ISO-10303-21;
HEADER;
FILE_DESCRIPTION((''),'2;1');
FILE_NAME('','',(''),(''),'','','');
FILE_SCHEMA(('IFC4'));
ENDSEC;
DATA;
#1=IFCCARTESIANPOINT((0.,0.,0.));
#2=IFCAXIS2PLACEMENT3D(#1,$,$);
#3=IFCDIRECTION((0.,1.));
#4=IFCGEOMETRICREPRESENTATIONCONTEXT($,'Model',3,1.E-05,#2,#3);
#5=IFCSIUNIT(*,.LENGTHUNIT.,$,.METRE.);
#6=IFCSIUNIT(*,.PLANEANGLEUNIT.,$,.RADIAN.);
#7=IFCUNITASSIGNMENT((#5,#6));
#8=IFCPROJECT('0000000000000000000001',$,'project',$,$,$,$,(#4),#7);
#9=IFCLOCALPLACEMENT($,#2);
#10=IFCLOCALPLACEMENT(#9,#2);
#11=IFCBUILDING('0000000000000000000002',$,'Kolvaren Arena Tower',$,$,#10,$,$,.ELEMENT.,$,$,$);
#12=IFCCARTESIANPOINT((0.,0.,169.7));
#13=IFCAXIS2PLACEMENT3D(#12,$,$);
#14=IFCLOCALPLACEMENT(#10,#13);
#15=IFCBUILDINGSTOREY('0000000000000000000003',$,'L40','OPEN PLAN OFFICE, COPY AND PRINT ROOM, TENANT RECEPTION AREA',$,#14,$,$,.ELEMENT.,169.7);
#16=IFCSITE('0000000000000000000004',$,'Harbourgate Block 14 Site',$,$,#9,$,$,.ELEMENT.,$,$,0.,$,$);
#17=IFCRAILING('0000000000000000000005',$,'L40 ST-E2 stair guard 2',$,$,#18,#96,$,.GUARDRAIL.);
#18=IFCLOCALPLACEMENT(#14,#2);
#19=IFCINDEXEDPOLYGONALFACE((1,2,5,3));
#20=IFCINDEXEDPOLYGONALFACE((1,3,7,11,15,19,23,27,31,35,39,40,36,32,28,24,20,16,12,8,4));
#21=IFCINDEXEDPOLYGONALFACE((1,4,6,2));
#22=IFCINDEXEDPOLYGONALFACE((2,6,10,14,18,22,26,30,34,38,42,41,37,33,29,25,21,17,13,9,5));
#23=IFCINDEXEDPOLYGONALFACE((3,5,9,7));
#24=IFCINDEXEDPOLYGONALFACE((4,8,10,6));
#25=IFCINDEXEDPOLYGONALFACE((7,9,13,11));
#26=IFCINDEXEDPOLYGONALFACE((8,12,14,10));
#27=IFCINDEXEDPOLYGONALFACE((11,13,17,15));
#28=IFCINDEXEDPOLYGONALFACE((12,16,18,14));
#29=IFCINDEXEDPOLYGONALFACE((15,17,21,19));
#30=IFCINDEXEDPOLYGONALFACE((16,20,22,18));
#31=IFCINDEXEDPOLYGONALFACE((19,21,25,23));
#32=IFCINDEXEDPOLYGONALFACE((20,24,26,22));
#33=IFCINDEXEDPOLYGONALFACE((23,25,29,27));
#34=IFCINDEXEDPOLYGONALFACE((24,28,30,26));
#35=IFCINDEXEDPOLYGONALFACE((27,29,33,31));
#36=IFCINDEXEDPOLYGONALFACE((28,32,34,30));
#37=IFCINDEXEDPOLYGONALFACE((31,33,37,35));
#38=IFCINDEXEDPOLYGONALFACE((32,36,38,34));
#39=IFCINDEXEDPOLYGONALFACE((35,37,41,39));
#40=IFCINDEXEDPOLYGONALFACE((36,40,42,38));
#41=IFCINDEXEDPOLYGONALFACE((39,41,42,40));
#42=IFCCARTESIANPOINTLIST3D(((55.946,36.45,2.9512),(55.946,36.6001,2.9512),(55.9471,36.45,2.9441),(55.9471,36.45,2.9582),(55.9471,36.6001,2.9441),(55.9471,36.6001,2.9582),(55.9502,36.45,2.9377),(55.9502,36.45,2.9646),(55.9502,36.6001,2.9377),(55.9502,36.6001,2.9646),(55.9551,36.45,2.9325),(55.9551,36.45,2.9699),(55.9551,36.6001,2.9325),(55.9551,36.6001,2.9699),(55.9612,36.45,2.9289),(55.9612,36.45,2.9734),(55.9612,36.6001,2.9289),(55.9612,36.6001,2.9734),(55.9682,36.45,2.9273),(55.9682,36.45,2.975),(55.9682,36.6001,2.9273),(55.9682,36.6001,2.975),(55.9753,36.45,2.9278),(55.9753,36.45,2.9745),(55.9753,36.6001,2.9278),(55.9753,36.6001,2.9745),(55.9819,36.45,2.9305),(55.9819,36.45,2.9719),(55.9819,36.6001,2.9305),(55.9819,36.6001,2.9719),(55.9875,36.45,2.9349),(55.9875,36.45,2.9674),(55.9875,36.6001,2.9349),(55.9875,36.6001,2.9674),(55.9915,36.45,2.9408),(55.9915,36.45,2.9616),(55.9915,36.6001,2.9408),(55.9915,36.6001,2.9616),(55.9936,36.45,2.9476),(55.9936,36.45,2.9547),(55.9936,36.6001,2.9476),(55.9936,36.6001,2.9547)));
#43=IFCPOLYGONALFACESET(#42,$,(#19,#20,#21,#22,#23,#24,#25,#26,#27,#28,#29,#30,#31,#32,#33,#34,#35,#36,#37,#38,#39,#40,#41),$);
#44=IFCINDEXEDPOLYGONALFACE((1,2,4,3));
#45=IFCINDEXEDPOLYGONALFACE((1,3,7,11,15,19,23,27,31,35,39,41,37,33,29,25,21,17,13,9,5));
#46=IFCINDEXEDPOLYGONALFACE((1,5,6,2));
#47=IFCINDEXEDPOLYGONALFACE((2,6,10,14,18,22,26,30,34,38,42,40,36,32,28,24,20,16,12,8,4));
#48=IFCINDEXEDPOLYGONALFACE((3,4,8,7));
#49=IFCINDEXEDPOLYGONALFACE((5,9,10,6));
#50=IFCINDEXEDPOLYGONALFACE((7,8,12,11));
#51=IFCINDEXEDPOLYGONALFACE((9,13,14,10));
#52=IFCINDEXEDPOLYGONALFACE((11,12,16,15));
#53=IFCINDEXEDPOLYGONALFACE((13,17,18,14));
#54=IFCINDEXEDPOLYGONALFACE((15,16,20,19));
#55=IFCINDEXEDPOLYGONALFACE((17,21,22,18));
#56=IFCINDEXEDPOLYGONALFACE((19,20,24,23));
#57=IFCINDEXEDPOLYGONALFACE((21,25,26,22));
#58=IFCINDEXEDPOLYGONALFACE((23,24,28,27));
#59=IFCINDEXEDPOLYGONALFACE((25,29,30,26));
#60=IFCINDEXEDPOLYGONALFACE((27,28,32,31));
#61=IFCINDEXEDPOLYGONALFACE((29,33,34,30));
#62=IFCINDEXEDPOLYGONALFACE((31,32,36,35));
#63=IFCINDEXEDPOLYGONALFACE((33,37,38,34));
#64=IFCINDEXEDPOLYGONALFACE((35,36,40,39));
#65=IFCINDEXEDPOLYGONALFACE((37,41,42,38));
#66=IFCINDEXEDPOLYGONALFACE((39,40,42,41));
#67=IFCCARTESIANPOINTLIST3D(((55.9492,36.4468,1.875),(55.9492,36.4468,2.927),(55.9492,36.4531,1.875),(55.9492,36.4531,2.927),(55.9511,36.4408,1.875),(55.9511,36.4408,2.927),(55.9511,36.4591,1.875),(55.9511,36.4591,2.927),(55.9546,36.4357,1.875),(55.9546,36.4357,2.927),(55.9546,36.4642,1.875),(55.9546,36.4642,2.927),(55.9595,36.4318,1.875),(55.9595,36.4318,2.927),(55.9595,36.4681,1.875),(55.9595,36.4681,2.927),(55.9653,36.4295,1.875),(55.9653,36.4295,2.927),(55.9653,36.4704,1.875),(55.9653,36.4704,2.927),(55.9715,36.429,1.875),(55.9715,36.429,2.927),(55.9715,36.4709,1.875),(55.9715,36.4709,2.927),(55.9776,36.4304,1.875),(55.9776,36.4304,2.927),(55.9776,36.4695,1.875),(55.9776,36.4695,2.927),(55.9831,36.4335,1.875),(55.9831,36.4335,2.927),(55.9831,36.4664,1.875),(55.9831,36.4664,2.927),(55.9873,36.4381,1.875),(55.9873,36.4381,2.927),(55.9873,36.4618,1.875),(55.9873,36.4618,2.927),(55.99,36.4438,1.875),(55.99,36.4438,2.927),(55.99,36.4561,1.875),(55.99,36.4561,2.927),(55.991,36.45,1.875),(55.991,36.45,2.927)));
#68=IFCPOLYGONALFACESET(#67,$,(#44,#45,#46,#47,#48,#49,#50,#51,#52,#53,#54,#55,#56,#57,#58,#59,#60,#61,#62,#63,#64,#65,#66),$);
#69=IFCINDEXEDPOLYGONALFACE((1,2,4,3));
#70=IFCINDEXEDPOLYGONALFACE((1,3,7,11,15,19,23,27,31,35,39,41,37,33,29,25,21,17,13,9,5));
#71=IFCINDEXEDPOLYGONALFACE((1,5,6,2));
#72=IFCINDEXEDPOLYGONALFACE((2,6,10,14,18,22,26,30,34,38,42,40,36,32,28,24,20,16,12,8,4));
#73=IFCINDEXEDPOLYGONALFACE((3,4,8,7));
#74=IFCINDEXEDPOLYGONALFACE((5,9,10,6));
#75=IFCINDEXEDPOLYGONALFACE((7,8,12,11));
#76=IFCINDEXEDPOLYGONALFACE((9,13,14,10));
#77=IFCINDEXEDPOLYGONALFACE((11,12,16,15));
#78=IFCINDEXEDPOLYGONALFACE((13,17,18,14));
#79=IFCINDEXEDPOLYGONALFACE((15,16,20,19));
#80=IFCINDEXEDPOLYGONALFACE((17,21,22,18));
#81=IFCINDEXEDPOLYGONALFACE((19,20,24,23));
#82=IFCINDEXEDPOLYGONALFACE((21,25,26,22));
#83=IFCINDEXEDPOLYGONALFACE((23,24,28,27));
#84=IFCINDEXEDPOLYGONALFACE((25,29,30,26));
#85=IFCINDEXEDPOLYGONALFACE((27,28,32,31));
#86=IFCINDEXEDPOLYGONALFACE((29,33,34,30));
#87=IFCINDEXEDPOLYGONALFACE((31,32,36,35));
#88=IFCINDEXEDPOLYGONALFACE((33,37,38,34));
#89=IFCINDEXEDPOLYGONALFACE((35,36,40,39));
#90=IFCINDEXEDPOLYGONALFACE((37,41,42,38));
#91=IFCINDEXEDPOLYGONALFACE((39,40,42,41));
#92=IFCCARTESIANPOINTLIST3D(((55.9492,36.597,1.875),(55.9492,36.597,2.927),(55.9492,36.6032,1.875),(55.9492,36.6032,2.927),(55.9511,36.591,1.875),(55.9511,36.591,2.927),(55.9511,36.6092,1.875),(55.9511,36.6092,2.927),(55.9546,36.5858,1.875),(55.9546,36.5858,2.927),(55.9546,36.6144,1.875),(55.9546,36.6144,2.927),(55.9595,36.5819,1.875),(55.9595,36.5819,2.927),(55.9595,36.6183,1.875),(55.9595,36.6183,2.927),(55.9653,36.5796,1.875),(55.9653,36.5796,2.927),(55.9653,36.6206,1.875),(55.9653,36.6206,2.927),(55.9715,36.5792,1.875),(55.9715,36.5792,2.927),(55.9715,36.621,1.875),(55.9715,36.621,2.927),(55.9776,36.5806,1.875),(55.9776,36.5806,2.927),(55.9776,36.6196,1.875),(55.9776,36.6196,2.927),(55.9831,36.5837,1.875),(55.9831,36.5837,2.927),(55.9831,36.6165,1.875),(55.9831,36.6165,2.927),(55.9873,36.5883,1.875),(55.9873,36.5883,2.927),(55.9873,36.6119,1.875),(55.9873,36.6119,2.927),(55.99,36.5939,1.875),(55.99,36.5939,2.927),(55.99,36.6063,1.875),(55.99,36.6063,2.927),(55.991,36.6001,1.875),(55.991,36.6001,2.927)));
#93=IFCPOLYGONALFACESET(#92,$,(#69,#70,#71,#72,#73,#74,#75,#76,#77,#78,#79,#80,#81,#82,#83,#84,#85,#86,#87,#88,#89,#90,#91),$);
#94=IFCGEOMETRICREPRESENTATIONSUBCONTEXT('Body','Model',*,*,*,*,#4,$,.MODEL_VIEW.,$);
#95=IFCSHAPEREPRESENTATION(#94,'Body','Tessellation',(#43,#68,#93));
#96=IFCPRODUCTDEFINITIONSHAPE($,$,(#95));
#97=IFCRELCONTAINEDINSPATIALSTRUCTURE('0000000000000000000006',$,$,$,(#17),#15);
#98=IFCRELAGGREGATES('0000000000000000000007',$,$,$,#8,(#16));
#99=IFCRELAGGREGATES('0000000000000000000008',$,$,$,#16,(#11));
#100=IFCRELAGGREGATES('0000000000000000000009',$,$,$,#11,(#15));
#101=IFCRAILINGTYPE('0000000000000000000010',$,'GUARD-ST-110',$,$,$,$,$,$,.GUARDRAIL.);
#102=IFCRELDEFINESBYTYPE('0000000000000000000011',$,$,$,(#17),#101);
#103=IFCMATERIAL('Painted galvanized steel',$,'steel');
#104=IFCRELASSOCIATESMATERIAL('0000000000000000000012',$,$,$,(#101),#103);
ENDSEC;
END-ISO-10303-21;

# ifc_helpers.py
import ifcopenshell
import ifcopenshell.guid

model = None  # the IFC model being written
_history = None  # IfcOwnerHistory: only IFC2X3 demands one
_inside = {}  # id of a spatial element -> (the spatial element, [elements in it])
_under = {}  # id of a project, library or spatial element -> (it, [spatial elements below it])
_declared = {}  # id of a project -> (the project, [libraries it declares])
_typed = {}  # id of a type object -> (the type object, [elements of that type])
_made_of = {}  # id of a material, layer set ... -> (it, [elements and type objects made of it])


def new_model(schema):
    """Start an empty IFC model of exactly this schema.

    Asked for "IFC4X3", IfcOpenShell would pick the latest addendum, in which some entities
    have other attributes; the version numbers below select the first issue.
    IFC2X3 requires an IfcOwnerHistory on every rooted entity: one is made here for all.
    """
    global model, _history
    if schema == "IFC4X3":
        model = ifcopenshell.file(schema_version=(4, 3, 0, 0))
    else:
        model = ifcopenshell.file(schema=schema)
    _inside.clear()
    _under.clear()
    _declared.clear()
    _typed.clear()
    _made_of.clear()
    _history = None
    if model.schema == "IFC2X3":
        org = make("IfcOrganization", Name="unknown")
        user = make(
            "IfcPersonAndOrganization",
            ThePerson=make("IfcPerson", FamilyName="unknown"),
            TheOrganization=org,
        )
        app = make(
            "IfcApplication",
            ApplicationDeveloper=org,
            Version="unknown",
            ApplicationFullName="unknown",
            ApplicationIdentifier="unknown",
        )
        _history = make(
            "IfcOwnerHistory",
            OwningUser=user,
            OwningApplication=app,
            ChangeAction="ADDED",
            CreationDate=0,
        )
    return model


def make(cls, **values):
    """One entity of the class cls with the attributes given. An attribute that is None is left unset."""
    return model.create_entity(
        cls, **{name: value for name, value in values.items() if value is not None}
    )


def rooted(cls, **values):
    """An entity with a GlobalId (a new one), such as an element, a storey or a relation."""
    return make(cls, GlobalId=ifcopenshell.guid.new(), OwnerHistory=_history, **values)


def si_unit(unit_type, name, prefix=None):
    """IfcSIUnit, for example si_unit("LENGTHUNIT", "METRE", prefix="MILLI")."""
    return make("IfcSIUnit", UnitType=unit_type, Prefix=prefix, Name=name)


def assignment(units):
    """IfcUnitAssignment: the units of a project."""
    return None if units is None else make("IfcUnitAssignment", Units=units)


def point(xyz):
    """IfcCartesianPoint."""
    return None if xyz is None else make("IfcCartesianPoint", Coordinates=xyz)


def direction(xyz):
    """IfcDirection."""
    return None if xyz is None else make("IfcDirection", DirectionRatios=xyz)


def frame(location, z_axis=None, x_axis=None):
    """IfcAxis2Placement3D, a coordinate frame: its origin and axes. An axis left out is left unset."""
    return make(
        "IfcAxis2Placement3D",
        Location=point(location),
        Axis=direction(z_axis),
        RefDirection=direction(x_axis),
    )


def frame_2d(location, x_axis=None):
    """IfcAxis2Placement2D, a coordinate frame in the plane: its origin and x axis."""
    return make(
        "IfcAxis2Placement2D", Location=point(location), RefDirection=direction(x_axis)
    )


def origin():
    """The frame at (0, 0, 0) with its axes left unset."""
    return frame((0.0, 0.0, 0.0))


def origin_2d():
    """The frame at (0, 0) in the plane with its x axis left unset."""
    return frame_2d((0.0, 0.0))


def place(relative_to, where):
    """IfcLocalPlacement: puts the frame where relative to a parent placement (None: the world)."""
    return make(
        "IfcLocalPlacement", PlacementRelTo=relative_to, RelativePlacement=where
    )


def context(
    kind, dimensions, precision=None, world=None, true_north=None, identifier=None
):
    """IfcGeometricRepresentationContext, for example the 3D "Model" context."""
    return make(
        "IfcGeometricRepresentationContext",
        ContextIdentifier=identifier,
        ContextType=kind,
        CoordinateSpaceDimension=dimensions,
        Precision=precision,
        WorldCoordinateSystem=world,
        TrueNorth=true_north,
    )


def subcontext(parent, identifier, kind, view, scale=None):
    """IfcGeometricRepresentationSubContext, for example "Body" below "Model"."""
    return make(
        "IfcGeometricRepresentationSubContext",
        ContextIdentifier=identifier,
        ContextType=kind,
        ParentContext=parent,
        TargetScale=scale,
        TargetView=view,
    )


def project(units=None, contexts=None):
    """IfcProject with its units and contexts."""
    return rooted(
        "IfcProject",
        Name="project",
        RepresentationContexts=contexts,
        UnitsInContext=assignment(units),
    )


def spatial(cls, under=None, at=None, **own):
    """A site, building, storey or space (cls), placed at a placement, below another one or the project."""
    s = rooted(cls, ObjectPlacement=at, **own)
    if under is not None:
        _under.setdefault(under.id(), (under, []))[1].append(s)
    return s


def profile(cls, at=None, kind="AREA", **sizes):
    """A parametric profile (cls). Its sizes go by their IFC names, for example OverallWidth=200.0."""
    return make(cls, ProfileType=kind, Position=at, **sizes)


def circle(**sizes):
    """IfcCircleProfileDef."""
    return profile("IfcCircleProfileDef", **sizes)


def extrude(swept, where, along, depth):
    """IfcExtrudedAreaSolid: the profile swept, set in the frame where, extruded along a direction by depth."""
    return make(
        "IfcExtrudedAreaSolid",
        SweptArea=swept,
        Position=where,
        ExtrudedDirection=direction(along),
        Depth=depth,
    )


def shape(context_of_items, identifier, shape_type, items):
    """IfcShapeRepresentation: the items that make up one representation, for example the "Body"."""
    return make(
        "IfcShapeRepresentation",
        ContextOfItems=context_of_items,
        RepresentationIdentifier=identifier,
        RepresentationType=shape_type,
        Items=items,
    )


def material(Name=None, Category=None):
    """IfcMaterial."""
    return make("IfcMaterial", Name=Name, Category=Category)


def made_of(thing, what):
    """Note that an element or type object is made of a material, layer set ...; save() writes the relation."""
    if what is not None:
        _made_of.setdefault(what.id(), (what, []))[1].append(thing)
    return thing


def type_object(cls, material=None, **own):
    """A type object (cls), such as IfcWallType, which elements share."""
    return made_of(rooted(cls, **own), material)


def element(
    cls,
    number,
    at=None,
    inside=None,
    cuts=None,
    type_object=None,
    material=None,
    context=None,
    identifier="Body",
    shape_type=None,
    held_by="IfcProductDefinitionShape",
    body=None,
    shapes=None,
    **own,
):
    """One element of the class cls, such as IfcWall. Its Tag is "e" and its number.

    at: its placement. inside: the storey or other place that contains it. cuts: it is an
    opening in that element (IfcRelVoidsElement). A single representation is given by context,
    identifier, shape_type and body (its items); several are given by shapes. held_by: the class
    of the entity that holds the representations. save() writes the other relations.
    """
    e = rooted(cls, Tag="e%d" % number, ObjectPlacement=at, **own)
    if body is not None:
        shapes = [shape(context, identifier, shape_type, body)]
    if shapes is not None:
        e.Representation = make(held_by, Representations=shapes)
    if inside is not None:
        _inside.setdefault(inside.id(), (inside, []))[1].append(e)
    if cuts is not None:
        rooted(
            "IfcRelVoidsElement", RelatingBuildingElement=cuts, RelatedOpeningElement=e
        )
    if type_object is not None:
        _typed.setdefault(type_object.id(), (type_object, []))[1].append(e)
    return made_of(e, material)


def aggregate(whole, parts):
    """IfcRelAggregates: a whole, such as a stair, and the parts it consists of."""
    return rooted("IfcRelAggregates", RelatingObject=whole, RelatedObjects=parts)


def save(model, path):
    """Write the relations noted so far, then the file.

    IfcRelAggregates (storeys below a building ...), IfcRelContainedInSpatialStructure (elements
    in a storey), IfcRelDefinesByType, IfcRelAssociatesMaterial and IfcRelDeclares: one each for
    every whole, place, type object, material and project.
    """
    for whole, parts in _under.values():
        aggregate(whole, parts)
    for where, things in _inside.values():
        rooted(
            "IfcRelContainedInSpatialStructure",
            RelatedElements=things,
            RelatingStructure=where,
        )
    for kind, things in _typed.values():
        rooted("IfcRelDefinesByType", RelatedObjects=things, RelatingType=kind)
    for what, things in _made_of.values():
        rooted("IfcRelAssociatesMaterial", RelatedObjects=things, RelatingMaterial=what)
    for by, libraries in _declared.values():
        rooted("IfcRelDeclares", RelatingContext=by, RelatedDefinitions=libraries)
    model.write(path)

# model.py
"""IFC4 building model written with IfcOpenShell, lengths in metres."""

from ifc_helpers import new_model, si_unit, direction, frame, origin, origin_2d, place, context, subcontext, project, spatial, circle, extrude, material, type_object, element, save


model = new_model("IFC4")

# Units and contexts
model_context = context("Model", 3, precision=1e-05, world=origin(), true_north=direction((0.0, 1.0)))
body_context = subcontext(model_context, "Body", "Model", "MODEL_VIEW")
ifc_project = project(units=[si_unit("LENGTHUNIT", "METRE"), si_unit("PLANEANGLEUNIT", "RADIAN")], contexts=[model_context])

# Site, building, storey
site_placement = place(None, origin())
site = spatial("IfcSite", under=ifc_project, at=site_placement, Name="Harbourgate Block 14 Site", CompositionType="ELEMENT", RefElevation=0.0)
building_placement = place(site_placement, origin())
building = spatial("IfcBuilding", under=site, at=building_placement, Name="Kolvaren Arena Tower", CompositionType="ELEMENT")
storey_placement = place(building_placement, frame((0.0, 0.0, 169.7)))
storey = spatial("IfcBuildingStorey", under=building, at=storey_placement, Name="L40", Description="OPEN PLAN OFFICE, COPY AND PRINT ROOM, TENANT RECEPTION AREA", CompositionType="ELEMENT", Elevation=169.7)

# Railing
ifc_material_1 = material(Name="Painted galvanized steel", Category="steel")
railing_type_1 = type_object("IfcRailingType", Name="GUARD-ST-110", PredefinedType="GUARDRAIL", material=ifc_material_1)
railing_1_placement = place(storey_placement, frame((55.97, 36.45, 1.875)))
element("IfcRailing", 1, at=railing_1_placement, inside=storey, type_object=railing_type_1, Name="L40 ST-E2 stair guard 2", PredefinedType="GUARDRAIL", context=body_context, shape_type="SweptSolid", body=[
    extrude(circle(Radius=0.0239, at=origin_2d()), frame((0.0, 0.0, 1.0762), z_axis=(0.0, 1.0, 0.0), x_axis=(-1.0, 0.0, 0.0)), (0.0, 0.0, 1.0), 0.1501),
    extrude(circle(Radius=0.021, at=origin_2d()), origin(), (0.0, 0.0, 1.0), 1.052),
    extrude(circle(Radius=0.021, at=origin_2d()), frame((0.0, 0.1501, 0.0)), (0.0, 0.0, 1.0), 1.052),
])

save(model, "model.ifc")
